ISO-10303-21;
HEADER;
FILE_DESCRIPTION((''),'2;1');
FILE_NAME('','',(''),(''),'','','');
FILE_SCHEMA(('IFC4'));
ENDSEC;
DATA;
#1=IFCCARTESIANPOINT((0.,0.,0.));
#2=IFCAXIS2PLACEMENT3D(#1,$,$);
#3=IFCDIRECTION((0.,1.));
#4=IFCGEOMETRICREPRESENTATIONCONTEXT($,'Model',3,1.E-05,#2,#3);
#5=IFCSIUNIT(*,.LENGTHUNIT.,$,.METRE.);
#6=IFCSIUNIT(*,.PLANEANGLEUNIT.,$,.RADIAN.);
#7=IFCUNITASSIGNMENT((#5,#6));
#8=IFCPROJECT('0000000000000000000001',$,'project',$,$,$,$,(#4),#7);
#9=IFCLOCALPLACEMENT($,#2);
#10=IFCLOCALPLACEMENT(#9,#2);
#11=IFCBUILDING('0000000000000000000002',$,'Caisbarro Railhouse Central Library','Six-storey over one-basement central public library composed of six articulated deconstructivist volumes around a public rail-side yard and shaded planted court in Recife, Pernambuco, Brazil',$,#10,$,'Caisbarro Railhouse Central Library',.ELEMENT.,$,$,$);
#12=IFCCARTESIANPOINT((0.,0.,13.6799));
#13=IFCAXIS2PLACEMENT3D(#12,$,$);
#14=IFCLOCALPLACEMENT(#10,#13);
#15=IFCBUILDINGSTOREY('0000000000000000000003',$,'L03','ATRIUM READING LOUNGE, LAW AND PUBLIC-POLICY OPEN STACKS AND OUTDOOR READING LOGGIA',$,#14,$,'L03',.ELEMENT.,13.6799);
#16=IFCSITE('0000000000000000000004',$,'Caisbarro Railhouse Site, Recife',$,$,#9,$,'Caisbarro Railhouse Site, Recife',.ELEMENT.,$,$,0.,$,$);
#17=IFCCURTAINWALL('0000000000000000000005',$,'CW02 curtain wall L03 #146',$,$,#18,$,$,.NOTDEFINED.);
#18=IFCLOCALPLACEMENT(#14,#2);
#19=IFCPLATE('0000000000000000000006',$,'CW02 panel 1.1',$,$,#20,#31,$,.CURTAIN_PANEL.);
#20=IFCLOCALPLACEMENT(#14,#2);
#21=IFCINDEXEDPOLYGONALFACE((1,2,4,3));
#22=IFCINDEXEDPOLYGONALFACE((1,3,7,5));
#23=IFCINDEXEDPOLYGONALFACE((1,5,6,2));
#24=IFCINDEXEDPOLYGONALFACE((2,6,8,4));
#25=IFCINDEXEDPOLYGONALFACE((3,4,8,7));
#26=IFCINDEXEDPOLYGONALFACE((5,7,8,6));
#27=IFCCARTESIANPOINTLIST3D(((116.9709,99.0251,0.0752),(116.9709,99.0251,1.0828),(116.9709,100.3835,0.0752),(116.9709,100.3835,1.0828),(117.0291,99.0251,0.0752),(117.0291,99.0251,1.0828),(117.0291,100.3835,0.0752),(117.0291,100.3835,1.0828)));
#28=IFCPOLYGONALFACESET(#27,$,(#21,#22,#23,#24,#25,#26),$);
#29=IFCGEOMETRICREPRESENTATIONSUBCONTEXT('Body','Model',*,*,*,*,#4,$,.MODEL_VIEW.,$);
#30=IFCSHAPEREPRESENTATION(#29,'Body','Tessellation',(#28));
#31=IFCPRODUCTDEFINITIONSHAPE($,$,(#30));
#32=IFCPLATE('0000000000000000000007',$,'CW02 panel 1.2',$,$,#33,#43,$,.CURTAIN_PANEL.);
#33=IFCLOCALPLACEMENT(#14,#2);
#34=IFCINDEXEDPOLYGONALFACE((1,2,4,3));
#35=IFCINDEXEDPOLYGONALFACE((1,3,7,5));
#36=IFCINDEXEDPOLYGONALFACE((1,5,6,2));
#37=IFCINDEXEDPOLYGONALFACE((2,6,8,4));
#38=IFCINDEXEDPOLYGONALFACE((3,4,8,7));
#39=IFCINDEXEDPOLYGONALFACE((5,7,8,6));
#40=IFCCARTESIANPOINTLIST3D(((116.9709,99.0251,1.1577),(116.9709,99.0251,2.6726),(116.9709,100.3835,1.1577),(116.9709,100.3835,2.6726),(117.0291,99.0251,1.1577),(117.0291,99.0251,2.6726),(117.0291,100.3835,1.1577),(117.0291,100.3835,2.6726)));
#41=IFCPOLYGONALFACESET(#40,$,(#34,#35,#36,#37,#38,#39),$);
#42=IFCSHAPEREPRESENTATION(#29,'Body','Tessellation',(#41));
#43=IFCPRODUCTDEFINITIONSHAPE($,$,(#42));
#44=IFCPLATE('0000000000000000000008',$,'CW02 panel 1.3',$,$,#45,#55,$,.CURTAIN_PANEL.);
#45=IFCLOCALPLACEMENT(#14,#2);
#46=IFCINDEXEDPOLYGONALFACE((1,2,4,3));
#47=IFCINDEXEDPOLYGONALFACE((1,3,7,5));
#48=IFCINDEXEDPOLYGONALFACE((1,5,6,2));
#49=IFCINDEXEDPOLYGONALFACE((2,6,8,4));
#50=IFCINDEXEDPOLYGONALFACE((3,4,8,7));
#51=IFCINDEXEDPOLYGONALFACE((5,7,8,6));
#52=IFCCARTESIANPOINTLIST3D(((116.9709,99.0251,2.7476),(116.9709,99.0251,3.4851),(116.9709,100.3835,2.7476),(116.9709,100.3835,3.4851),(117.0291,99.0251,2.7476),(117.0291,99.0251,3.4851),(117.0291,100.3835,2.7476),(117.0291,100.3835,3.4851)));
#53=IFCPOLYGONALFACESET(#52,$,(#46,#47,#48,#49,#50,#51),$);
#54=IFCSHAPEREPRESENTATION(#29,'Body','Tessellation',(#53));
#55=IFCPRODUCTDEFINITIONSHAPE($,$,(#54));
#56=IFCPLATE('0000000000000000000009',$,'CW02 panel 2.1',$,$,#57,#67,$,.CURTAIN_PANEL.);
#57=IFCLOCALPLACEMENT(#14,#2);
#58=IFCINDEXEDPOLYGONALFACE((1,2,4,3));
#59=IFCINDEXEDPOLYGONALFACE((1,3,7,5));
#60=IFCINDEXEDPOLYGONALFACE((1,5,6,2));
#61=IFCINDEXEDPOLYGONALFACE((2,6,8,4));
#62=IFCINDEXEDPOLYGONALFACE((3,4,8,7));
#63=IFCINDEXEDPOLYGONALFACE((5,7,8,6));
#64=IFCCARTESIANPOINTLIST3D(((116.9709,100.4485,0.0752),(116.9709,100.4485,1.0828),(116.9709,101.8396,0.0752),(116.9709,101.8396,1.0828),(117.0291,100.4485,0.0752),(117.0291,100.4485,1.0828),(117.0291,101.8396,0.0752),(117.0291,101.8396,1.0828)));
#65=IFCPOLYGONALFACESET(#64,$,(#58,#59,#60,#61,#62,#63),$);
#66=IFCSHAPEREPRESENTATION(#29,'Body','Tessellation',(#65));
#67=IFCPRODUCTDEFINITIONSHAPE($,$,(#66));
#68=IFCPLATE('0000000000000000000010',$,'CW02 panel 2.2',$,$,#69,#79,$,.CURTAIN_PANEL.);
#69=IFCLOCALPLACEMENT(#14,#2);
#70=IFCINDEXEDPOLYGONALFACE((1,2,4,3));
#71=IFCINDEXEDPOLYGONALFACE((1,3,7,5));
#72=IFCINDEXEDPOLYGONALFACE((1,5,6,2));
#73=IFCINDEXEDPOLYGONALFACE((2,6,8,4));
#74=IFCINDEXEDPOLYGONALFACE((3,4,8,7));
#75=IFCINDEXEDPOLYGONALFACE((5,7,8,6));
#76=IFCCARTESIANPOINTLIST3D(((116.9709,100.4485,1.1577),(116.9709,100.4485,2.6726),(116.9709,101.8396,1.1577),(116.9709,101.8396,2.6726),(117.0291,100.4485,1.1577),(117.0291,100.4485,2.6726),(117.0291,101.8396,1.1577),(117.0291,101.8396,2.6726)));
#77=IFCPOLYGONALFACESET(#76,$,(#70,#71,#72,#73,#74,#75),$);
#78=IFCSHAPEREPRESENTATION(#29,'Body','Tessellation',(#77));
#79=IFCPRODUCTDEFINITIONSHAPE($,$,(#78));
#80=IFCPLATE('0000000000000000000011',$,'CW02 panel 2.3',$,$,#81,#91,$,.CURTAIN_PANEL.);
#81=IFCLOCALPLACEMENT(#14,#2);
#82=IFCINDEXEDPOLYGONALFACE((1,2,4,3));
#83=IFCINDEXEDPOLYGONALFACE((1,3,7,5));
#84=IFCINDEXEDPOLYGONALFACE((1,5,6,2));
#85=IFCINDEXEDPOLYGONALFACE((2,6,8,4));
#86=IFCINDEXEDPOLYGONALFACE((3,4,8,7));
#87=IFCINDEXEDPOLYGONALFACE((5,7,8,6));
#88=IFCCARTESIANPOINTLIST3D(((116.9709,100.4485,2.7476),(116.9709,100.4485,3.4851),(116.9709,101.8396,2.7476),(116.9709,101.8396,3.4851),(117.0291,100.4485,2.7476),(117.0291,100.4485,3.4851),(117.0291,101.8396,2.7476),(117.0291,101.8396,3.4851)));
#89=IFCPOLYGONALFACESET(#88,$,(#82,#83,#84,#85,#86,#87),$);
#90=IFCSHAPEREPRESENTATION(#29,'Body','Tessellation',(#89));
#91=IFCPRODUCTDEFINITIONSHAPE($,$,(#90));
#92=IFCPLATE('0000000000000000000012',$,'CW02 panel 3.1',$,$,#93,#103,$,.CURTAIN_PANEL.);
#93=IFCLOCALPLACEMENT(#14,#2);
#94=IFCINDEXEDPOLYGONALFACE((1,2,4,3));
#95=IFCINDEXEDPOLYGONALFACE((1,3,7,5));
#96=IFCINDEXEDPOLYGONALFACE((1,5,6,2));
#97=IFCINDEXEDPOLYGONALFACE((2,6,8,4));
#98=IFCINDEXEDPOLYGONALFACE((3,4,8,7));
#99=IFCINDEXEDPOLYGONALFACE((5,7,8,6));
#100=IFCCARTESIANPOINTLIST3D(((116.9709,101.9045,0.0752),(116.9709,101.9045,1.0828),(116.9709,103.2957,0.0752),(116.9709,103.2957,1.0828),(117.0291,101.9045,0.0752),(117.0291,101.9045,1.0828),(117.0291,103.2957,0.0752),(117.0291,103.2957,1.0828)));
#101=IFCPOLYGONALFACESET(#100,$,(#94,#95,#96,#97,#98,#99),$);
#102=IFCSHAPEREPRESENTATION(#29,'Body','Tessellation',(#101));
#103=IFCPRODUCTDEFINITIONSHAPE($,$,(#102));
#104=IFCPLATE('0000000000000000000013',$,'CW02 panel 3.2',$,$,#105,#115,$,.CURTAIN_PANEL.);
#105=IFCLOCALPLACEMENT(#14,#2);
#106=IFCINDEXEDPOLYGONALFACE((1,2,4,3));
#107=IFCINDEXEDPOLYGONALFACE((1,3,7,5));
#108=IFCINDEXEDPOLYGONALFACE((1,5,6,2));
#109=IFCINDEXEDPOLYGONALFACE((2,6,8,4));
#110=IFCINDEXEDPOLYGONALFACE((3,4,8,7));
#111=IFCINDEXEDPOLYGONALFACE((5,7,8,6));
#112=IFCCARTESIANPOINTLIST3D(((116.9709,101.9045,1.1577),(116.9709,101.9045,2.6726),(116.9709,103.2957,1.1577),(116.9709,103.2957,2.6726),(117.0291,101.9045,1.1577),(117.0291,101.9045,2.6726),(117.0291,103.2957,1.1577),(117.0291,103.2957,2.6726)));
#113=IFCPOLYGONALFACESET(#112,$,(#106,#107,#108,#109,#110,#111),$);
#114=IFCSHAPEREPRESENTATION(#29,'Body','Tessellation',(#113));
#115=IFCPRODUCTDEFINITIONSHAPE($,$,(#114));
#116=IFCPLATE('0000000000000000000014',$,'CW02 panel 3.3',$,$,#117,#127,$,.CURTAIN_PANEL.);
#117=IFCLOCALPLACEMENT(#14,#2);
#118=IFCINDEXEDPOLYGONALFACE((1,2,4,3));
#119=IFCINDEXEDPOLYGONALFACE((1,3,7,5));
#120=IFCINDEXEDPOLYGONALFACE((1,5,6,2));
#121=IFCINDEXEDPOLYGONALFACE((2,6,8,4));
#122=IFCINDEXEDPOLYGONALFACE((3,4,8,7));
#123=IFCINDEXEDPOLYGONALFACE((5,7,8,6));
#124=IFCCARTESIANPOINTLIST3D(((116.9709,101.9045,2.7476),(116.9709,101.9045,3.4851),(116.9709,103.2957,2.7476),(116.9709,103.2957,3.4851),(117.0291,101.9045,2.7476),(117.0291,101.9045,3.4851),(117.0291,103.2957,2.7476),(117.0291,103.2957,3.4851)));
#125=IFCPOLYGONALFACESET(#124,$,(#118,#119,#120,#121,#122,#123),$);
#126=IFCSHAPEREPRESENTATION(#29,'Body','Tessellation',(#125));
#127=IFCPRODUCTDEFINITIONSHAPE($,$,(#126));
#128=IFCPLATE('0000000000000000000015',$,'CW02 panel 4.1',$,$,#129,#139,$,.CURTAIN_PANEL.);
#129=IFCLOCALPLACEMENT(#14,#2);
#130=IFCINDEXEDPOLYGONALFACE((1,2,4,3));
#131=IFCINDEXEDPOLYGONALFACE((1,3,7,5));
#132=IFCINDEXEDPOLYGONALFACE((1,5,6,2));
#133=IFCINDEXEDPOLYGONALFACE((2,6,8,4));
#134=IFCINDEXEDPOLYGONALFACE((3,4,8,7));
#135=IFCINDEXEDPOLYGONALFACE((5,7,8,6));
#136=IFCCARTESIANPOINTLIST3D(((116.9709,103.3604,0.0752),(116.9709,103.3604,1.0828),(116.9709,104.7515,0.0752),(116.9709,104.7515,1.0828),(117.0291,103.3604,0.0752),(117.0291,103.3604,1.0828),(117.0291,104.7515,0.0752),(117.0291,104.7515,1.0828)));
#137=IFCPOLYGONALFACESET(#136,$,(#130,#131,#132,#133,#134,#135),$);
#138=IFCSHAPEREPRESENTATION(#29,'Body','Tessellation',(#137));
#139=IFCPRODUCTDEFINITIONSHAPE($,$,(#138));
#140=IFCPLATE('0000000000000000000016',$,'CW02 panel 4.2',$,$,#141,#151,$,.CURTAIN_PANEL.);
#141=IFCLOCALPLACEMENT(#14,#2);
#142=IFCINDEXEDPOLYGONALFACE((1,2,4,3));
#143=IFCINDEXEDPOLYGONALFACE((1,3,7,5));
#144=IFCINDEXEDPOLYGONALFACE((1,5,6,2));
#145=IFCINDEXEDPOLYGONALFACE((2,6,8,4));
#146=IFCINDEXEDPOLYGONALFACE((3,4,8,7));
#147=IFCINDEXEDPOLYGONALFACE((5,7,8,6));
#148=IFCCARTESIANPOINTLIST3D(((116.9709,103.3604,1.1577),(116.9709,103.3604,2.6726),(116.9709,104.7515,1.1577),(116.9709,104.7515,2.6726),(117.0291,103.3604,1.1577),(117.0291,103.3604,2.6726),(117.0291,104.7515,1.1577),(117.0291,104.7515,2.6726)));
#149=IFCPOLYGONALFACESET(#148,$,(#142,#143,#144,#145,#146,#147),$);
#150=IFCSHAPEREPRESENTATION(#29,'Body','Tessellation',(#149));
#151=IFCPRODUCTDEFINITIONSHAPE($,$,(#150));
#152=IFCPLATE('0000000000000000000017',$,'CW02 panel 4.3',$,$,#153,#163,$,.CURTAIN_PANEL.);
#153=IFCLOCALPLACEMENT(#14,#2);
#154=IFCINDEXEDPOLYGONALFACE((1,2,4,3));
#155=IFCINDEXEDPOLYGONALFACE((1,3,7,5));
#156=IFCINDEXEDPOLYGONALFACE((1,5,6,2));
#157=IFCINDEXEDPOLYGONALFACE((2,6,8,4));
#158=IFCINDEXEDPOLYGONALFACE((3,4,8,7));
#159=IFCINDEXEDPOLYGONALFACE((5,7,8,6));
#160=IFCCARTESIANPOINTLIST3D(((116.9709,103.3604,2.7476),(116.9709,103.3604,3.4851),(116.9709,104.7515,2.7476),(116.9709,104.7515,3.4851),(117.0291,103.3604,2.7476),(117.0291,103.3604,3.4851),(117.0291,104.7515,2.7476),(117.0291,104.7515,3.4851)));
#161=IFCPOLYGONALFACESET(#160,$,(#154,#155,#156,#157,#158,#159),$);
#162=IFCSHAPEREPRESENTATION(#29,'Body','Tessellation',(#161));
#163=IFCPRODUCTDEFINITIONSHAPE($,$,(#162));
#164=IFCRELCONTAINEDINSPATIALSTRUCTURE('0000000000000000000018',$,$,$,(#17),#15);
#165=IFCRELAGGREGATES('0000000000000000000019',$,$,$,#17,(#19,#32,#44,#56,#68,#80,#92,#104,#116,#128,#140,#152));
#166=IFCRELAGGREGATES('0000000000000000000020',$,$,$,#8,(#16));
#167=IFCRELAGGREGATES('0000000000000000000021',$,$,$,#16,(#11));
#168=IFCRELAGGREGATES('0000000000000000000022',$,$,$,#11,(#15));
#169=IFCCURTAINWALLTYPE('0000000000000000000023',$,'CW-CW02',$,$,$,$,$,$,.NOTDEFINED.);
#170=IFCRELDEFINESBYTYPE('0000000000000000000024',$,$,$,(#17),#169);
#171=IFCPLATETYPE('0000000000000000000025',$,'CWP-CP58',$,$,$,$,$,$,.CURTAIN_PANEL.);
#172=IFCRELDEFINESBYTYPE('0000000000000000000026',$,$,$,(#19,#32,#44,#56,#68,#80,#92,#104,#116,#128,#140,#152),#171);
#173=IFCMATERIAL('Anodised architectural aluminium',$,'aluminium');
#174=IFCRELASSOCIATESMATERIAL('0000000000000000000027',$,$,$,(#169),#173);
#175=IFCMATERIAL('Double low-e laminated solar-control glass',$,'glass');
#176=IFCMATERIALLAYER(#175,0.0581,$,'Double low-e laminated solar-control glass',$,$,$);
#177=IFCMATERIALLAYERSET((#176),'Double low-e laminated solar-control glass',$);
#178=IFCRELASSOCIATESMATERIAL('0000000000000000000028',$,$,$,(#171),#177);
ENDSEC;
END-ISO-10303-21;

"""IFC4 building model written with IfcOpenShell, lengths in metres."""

from ifc_helpers import new_model, si_unit, direction, frame, origin, origin_2d, place, context, subcontext, project, spatial, rectangle, extrude, material, layer, layer_set, type_object, element, aggregate, save


model = new_model("IFC4")

# Units and contexts
model_context = context("Model", 3, precision=1e-05, world=origin(), true_north=direction((0.0, 1.0)))
body_context = subcontext(model_context, "Body", "Model", "MODEL_VIEW")
ifc_project = project(units=[si_unit("LENGTHUNIT", "METRE"), si_unit("PLANEANGLEUNIT", "RADIAN")], contexts=[model_context])

# Site, building, storey
site_placement = place(None, origin())
site = spatial("IfcSite", under=ifc_project, at=site_placement, Name="Caisbarro Railhouse Site, Recife", LongName="Caisbarro Railhouse Site, Recife", CompositionType="ELEMENT", RefElevation=0.0)
building_placement = place(site_placement, origin())
building = spatial("IfcBuilding", under=site, at=building_placement, Name="Caisbarro Railhouse Central Library", Description="Six-storey over one-basement central public library composed of six articulated deconstructivist volumes around a public rail-side yard and shaded planted court in Recife, Pernambuco, Brazil", LongName="Caisbarro Railhouse Central Library", CompositionType="ELEMENT")
storey_placement = place(building_placement, frame((0.0, 0.0, 13.6799)))
storey = spatial("IfcBuildingStorey", under=building, at=storey_placement, Name="L03", Description="ATRIUM READING LOUNGE, LAW AND PUBLIC-POLICY OPEN STACKS AND OUTDOOR READING LOGGIA", LongName="L03", CompositionType="ELEMENT", Elevation=13.6799)

# Curtain wall, plates
ifc_material_1 = material(Name="Anodised architectural aluminium", Category="aluminium")
curtain_wall_type = type_object("IfcCurtainWallType", Name="CW-CW02", PredefinedType="NOTDEFINED", material=ifc_material_1)
curtain_wall_placement = place(storey_placement, origin())
curtain_wall = element("IfcCurtainWall", 1, at=curtain_wall_placement, inside=storey, type_object=curtain_wall_type, Name="CW02 curtain wall L03 #146", PredefinedType="NOTDEFINED")
ifc_material_2 = material(Name="Double low-e laminated solar-control glass", Category="glass")
ifc_layer = layer(ifc_material_2, 0.0581, Name="Double low-e laminated solar-control glass")
ifc_layer_set = layer_set([ifc_layer], Name="Double low-e laminated solar-control glass")
plate_type = type_object("IfcPlateType", Name="CWP-CP58", PredefinedType="CURTAIN_PANEL", material=ifc_layer_set)
plate_1_placement = place(storey_placement, frame((117.0, 99.7043, 0.0752), z_axis=(0.0, 0.0, 1.0), x_axis=(0.0, 1.0, 0.0)))
plate_1 = element("IfcPlate", 2, at=plate_1_placement, type_object=plate_type, Name="CW02 panel 1.1", PredefinedType="CURTAIN_PANEL", context=body_context, shape_type="SweptSolid", body=[
    extrude(rectangle(XDim=1.3584, YDim=0.0581, at=origin_2d()), origin(), (0.0, 0.0, 1.0), 1.0076),
])
plate_2_placement = place(storey_placement, frame((117.0, 99.7043, 1.1577), z_axis=(0.0, 0.0, 1.0), x_axis=(0.0, 1.0, 0.0)))
plate_2 = element("IfcPlate", 3, at=plate_2_placement, type_object=plate_type, Name="CW02 panel 1.2", PredefinedType="CURTAIN_PANEL", context=body_context, shape_type="SweptSolid", body=[
    extrude(rectangle(XDim=1.3584, YDim=0.0581, at=origin_2d()), origin(), (0.0, 0.0, 1.0), 1.5149),
])
plate_3_placement = place(storey_placement, frame((117.0, 99.7043, 2.7476), z_axis=(0.0, 0.0, 1.0), x_axis=(0.0, 1.0, 0.0)))
plate_3 = element("IfcPlate", 4, at=plate_3_placement, type_object=plate_type, Name="CW02 panel 1.3", PredefinedType="CURTAIN_PANEL", context=body_context, shape_type="SweptSolid", body=[
    extrude(rectangle(XDim=1.3584, YDim=0.0581, at=origin_2d()), origin(), (0.0, 0.0, 1.0), 0.7375),
])
plate_4_placement = place(storey_placement, frame((117.0, 101.144, 0.0752), z_axis=(0.0, 0.0, 1.0), x_axis=(0.0, 1.0, 0.0)))
plate_4 = element("IfcPlate", 5, at=plate_4_placement, type_object=plate_type, Name="CW02 panel 2.1", PredefinedType="CURTAIN_PANEL", context=body_context, shape_type="SweptSolid", body=[
    extrude(rectangle(XDim=1.3911, YDim=0.0581, at=origin_2d()), origin(), (0.0, 0.0, 1.0), 1.0076),
])
plate_5_placement = place(storey_placement, frame((117.0, 101.144, 1.1577), z_axis=(0.0, 0.0, 1.0), x_axis=(0.0, 1.0, 0.0)))
plate_5 = element("IfcPlate", 6, at=plate_5_placement, type_object=plate_type, Name="CW02 panel 2.2", PredefinedType="CURTAIN_PANEL", context=body_context, shape_type="SweptSolid", body=[
    extrude(rectangle(XDim=1.3911, YDim=0.0581, at=origin_2d()), origin(), (0.0, 0.0, 1.0), 1.5149),
])
plate_6_placement = place(storey_placement, frame((117.0, 101.144, 2.7476), z_axis=(0.0, 0.0, 1.0), x_axis=(0.0, 1.0, 0.0)))
plate_6 = element("IfcPlate", 7, at=plate_6_placement, type_object=plate_type, Name="CW02 panel 2.3", PredefinedType="CURTAIN_PANEL", context=body_context, shape_type="SweptSolid", body=[
    extrude(rectangle(XDim=1.3911, YDim=0.0581, at=origin_2d()), origin(), (0.0, 0.0, 1.0), 0.7375),
])
plate_7_placement = place(storey_placement, frame((117.0, 102.6001, 0.0752), z_axis=(0.0, 0.0, 1.0), x_axis=(0.0, 1.0, 0.0)))
plate_7 = element("IfcPlate", 8, at=plate_7_placement, type_object=plate_type, Name="CW02 panel 3.1", PredefinedType="CURTAIN_PANEL", context=body_context, shape_type="SweptSolid", body=[
    extrude(rectangle(XDim=1.3911, YDim=0.0581, at=origin_2d()), origin(), (0.0, 0.0, 1.0), 1.0076),
])
plate_8_placement = place(storey_placement, frame((117.0, 102.6001, 1.1577), z_axis=(0.0, 0.0, 1.0), x_axis=(0.0, 1.0, 0.0)))
plate_8 = element("IfcPlate", 9, at=plate_8_placement, type_object=plate_type, Name="CW02 panel 3.2", PredefinedType="CURTAIN_PANEL", context=body_context, shape_type="SweptSolid", body=[
    extrude(rectangle(XDim=1.3911, YDim=0.0581, at=origin_2d()), origin(), (0.0, 0.0, 1.0), 1.5149),
])
plate_9_placement = place(storey_placement, frame((117.0, 102.6001, 2.7476), z_axis=(0.0, 0.0, 1.0), x_axis=(0.0, 1.0, 0.0)))
plate_9 = element("IfcPlate", 10, at=plate_9_placement, type_object=plate_type, Name="CW02 panel 3.3", PredefinedType="CURTAIN_PANEL", context=body_context, shape_type="SweptSolid", body=[
    extrude(rectangle(XDim=1.3911, YDim=0.0581, at=origin_2d()), origin(), (0.0, 0.0, 1.0), 0.7375),
])
plate_10_placement = place(storey_placement, frame((117.0, 104.0559, 0.0752), z_axis=(0.0, 0.0, 1.0), x_axis=(0.0, 1.0, 0.0)))
plate_10 = element("IfcPlate", 11, at=plate_10_placement, type_object=plate_type, Name="CW02 panel 4.1", PredefinedType="CURTAIN_PANEL", context=body_context, shape_type="SweptSolid", body=[
    extrude(rectangle(XDim=1.3911, YDim=0.0581, at=origin_2d()), origin(), (0.0, 0.0, 1.0), 1.0076),
])
plate_11_placement = place(storey_placement, frame((117.0, 104.0559, 1.1577), z_axis=(0.0, 0.0, 1.0), x_axis=(0.0, 1.0, 0.0)))
plate_11 = element("IfcPlate", 12, at=plate_11_placement, type_object=plate_type, Name="CW02 panel 4.2", PredefinedType="CURTAIN_PANEL", context=body_context, shape_type="SweptSolid", body=[
    extrude(rectangle(XDim=1.3911, YDim=0.0581, at=origin_2d()), origin(), (0.0, 0.0, 1.0), 1.5149),
])
plate_12_placement = place(storey_placement, frame((117.0, 104.0559, 2.7476), z_axis=(0.0, 0.0, 1.0), x_axis=(0.0, 1.0, 0.0)))
plate_12 = element("IfcPlate", 13, at=plate_12_placement, type_object=plate_type, Name="CW02 panel 4.3", PredefinedType="CURTAIN_PANEL", context=body_context, shape_type="SweptSolid", body=[
    extrude(rectangle(XDim=1.3911, YDim=0.0581, at=origin_2d()), origin(), (0.0, 0.0, 1.0), 0.7375),
])
aggregate(curtain_wall, [plate_1, plate_2, plate_3, plate_4, plate_5, plate_6, plate_7, plate_8, plate_9, plate_10, plate_11, plate_12])

save(model, "model.ifc")
